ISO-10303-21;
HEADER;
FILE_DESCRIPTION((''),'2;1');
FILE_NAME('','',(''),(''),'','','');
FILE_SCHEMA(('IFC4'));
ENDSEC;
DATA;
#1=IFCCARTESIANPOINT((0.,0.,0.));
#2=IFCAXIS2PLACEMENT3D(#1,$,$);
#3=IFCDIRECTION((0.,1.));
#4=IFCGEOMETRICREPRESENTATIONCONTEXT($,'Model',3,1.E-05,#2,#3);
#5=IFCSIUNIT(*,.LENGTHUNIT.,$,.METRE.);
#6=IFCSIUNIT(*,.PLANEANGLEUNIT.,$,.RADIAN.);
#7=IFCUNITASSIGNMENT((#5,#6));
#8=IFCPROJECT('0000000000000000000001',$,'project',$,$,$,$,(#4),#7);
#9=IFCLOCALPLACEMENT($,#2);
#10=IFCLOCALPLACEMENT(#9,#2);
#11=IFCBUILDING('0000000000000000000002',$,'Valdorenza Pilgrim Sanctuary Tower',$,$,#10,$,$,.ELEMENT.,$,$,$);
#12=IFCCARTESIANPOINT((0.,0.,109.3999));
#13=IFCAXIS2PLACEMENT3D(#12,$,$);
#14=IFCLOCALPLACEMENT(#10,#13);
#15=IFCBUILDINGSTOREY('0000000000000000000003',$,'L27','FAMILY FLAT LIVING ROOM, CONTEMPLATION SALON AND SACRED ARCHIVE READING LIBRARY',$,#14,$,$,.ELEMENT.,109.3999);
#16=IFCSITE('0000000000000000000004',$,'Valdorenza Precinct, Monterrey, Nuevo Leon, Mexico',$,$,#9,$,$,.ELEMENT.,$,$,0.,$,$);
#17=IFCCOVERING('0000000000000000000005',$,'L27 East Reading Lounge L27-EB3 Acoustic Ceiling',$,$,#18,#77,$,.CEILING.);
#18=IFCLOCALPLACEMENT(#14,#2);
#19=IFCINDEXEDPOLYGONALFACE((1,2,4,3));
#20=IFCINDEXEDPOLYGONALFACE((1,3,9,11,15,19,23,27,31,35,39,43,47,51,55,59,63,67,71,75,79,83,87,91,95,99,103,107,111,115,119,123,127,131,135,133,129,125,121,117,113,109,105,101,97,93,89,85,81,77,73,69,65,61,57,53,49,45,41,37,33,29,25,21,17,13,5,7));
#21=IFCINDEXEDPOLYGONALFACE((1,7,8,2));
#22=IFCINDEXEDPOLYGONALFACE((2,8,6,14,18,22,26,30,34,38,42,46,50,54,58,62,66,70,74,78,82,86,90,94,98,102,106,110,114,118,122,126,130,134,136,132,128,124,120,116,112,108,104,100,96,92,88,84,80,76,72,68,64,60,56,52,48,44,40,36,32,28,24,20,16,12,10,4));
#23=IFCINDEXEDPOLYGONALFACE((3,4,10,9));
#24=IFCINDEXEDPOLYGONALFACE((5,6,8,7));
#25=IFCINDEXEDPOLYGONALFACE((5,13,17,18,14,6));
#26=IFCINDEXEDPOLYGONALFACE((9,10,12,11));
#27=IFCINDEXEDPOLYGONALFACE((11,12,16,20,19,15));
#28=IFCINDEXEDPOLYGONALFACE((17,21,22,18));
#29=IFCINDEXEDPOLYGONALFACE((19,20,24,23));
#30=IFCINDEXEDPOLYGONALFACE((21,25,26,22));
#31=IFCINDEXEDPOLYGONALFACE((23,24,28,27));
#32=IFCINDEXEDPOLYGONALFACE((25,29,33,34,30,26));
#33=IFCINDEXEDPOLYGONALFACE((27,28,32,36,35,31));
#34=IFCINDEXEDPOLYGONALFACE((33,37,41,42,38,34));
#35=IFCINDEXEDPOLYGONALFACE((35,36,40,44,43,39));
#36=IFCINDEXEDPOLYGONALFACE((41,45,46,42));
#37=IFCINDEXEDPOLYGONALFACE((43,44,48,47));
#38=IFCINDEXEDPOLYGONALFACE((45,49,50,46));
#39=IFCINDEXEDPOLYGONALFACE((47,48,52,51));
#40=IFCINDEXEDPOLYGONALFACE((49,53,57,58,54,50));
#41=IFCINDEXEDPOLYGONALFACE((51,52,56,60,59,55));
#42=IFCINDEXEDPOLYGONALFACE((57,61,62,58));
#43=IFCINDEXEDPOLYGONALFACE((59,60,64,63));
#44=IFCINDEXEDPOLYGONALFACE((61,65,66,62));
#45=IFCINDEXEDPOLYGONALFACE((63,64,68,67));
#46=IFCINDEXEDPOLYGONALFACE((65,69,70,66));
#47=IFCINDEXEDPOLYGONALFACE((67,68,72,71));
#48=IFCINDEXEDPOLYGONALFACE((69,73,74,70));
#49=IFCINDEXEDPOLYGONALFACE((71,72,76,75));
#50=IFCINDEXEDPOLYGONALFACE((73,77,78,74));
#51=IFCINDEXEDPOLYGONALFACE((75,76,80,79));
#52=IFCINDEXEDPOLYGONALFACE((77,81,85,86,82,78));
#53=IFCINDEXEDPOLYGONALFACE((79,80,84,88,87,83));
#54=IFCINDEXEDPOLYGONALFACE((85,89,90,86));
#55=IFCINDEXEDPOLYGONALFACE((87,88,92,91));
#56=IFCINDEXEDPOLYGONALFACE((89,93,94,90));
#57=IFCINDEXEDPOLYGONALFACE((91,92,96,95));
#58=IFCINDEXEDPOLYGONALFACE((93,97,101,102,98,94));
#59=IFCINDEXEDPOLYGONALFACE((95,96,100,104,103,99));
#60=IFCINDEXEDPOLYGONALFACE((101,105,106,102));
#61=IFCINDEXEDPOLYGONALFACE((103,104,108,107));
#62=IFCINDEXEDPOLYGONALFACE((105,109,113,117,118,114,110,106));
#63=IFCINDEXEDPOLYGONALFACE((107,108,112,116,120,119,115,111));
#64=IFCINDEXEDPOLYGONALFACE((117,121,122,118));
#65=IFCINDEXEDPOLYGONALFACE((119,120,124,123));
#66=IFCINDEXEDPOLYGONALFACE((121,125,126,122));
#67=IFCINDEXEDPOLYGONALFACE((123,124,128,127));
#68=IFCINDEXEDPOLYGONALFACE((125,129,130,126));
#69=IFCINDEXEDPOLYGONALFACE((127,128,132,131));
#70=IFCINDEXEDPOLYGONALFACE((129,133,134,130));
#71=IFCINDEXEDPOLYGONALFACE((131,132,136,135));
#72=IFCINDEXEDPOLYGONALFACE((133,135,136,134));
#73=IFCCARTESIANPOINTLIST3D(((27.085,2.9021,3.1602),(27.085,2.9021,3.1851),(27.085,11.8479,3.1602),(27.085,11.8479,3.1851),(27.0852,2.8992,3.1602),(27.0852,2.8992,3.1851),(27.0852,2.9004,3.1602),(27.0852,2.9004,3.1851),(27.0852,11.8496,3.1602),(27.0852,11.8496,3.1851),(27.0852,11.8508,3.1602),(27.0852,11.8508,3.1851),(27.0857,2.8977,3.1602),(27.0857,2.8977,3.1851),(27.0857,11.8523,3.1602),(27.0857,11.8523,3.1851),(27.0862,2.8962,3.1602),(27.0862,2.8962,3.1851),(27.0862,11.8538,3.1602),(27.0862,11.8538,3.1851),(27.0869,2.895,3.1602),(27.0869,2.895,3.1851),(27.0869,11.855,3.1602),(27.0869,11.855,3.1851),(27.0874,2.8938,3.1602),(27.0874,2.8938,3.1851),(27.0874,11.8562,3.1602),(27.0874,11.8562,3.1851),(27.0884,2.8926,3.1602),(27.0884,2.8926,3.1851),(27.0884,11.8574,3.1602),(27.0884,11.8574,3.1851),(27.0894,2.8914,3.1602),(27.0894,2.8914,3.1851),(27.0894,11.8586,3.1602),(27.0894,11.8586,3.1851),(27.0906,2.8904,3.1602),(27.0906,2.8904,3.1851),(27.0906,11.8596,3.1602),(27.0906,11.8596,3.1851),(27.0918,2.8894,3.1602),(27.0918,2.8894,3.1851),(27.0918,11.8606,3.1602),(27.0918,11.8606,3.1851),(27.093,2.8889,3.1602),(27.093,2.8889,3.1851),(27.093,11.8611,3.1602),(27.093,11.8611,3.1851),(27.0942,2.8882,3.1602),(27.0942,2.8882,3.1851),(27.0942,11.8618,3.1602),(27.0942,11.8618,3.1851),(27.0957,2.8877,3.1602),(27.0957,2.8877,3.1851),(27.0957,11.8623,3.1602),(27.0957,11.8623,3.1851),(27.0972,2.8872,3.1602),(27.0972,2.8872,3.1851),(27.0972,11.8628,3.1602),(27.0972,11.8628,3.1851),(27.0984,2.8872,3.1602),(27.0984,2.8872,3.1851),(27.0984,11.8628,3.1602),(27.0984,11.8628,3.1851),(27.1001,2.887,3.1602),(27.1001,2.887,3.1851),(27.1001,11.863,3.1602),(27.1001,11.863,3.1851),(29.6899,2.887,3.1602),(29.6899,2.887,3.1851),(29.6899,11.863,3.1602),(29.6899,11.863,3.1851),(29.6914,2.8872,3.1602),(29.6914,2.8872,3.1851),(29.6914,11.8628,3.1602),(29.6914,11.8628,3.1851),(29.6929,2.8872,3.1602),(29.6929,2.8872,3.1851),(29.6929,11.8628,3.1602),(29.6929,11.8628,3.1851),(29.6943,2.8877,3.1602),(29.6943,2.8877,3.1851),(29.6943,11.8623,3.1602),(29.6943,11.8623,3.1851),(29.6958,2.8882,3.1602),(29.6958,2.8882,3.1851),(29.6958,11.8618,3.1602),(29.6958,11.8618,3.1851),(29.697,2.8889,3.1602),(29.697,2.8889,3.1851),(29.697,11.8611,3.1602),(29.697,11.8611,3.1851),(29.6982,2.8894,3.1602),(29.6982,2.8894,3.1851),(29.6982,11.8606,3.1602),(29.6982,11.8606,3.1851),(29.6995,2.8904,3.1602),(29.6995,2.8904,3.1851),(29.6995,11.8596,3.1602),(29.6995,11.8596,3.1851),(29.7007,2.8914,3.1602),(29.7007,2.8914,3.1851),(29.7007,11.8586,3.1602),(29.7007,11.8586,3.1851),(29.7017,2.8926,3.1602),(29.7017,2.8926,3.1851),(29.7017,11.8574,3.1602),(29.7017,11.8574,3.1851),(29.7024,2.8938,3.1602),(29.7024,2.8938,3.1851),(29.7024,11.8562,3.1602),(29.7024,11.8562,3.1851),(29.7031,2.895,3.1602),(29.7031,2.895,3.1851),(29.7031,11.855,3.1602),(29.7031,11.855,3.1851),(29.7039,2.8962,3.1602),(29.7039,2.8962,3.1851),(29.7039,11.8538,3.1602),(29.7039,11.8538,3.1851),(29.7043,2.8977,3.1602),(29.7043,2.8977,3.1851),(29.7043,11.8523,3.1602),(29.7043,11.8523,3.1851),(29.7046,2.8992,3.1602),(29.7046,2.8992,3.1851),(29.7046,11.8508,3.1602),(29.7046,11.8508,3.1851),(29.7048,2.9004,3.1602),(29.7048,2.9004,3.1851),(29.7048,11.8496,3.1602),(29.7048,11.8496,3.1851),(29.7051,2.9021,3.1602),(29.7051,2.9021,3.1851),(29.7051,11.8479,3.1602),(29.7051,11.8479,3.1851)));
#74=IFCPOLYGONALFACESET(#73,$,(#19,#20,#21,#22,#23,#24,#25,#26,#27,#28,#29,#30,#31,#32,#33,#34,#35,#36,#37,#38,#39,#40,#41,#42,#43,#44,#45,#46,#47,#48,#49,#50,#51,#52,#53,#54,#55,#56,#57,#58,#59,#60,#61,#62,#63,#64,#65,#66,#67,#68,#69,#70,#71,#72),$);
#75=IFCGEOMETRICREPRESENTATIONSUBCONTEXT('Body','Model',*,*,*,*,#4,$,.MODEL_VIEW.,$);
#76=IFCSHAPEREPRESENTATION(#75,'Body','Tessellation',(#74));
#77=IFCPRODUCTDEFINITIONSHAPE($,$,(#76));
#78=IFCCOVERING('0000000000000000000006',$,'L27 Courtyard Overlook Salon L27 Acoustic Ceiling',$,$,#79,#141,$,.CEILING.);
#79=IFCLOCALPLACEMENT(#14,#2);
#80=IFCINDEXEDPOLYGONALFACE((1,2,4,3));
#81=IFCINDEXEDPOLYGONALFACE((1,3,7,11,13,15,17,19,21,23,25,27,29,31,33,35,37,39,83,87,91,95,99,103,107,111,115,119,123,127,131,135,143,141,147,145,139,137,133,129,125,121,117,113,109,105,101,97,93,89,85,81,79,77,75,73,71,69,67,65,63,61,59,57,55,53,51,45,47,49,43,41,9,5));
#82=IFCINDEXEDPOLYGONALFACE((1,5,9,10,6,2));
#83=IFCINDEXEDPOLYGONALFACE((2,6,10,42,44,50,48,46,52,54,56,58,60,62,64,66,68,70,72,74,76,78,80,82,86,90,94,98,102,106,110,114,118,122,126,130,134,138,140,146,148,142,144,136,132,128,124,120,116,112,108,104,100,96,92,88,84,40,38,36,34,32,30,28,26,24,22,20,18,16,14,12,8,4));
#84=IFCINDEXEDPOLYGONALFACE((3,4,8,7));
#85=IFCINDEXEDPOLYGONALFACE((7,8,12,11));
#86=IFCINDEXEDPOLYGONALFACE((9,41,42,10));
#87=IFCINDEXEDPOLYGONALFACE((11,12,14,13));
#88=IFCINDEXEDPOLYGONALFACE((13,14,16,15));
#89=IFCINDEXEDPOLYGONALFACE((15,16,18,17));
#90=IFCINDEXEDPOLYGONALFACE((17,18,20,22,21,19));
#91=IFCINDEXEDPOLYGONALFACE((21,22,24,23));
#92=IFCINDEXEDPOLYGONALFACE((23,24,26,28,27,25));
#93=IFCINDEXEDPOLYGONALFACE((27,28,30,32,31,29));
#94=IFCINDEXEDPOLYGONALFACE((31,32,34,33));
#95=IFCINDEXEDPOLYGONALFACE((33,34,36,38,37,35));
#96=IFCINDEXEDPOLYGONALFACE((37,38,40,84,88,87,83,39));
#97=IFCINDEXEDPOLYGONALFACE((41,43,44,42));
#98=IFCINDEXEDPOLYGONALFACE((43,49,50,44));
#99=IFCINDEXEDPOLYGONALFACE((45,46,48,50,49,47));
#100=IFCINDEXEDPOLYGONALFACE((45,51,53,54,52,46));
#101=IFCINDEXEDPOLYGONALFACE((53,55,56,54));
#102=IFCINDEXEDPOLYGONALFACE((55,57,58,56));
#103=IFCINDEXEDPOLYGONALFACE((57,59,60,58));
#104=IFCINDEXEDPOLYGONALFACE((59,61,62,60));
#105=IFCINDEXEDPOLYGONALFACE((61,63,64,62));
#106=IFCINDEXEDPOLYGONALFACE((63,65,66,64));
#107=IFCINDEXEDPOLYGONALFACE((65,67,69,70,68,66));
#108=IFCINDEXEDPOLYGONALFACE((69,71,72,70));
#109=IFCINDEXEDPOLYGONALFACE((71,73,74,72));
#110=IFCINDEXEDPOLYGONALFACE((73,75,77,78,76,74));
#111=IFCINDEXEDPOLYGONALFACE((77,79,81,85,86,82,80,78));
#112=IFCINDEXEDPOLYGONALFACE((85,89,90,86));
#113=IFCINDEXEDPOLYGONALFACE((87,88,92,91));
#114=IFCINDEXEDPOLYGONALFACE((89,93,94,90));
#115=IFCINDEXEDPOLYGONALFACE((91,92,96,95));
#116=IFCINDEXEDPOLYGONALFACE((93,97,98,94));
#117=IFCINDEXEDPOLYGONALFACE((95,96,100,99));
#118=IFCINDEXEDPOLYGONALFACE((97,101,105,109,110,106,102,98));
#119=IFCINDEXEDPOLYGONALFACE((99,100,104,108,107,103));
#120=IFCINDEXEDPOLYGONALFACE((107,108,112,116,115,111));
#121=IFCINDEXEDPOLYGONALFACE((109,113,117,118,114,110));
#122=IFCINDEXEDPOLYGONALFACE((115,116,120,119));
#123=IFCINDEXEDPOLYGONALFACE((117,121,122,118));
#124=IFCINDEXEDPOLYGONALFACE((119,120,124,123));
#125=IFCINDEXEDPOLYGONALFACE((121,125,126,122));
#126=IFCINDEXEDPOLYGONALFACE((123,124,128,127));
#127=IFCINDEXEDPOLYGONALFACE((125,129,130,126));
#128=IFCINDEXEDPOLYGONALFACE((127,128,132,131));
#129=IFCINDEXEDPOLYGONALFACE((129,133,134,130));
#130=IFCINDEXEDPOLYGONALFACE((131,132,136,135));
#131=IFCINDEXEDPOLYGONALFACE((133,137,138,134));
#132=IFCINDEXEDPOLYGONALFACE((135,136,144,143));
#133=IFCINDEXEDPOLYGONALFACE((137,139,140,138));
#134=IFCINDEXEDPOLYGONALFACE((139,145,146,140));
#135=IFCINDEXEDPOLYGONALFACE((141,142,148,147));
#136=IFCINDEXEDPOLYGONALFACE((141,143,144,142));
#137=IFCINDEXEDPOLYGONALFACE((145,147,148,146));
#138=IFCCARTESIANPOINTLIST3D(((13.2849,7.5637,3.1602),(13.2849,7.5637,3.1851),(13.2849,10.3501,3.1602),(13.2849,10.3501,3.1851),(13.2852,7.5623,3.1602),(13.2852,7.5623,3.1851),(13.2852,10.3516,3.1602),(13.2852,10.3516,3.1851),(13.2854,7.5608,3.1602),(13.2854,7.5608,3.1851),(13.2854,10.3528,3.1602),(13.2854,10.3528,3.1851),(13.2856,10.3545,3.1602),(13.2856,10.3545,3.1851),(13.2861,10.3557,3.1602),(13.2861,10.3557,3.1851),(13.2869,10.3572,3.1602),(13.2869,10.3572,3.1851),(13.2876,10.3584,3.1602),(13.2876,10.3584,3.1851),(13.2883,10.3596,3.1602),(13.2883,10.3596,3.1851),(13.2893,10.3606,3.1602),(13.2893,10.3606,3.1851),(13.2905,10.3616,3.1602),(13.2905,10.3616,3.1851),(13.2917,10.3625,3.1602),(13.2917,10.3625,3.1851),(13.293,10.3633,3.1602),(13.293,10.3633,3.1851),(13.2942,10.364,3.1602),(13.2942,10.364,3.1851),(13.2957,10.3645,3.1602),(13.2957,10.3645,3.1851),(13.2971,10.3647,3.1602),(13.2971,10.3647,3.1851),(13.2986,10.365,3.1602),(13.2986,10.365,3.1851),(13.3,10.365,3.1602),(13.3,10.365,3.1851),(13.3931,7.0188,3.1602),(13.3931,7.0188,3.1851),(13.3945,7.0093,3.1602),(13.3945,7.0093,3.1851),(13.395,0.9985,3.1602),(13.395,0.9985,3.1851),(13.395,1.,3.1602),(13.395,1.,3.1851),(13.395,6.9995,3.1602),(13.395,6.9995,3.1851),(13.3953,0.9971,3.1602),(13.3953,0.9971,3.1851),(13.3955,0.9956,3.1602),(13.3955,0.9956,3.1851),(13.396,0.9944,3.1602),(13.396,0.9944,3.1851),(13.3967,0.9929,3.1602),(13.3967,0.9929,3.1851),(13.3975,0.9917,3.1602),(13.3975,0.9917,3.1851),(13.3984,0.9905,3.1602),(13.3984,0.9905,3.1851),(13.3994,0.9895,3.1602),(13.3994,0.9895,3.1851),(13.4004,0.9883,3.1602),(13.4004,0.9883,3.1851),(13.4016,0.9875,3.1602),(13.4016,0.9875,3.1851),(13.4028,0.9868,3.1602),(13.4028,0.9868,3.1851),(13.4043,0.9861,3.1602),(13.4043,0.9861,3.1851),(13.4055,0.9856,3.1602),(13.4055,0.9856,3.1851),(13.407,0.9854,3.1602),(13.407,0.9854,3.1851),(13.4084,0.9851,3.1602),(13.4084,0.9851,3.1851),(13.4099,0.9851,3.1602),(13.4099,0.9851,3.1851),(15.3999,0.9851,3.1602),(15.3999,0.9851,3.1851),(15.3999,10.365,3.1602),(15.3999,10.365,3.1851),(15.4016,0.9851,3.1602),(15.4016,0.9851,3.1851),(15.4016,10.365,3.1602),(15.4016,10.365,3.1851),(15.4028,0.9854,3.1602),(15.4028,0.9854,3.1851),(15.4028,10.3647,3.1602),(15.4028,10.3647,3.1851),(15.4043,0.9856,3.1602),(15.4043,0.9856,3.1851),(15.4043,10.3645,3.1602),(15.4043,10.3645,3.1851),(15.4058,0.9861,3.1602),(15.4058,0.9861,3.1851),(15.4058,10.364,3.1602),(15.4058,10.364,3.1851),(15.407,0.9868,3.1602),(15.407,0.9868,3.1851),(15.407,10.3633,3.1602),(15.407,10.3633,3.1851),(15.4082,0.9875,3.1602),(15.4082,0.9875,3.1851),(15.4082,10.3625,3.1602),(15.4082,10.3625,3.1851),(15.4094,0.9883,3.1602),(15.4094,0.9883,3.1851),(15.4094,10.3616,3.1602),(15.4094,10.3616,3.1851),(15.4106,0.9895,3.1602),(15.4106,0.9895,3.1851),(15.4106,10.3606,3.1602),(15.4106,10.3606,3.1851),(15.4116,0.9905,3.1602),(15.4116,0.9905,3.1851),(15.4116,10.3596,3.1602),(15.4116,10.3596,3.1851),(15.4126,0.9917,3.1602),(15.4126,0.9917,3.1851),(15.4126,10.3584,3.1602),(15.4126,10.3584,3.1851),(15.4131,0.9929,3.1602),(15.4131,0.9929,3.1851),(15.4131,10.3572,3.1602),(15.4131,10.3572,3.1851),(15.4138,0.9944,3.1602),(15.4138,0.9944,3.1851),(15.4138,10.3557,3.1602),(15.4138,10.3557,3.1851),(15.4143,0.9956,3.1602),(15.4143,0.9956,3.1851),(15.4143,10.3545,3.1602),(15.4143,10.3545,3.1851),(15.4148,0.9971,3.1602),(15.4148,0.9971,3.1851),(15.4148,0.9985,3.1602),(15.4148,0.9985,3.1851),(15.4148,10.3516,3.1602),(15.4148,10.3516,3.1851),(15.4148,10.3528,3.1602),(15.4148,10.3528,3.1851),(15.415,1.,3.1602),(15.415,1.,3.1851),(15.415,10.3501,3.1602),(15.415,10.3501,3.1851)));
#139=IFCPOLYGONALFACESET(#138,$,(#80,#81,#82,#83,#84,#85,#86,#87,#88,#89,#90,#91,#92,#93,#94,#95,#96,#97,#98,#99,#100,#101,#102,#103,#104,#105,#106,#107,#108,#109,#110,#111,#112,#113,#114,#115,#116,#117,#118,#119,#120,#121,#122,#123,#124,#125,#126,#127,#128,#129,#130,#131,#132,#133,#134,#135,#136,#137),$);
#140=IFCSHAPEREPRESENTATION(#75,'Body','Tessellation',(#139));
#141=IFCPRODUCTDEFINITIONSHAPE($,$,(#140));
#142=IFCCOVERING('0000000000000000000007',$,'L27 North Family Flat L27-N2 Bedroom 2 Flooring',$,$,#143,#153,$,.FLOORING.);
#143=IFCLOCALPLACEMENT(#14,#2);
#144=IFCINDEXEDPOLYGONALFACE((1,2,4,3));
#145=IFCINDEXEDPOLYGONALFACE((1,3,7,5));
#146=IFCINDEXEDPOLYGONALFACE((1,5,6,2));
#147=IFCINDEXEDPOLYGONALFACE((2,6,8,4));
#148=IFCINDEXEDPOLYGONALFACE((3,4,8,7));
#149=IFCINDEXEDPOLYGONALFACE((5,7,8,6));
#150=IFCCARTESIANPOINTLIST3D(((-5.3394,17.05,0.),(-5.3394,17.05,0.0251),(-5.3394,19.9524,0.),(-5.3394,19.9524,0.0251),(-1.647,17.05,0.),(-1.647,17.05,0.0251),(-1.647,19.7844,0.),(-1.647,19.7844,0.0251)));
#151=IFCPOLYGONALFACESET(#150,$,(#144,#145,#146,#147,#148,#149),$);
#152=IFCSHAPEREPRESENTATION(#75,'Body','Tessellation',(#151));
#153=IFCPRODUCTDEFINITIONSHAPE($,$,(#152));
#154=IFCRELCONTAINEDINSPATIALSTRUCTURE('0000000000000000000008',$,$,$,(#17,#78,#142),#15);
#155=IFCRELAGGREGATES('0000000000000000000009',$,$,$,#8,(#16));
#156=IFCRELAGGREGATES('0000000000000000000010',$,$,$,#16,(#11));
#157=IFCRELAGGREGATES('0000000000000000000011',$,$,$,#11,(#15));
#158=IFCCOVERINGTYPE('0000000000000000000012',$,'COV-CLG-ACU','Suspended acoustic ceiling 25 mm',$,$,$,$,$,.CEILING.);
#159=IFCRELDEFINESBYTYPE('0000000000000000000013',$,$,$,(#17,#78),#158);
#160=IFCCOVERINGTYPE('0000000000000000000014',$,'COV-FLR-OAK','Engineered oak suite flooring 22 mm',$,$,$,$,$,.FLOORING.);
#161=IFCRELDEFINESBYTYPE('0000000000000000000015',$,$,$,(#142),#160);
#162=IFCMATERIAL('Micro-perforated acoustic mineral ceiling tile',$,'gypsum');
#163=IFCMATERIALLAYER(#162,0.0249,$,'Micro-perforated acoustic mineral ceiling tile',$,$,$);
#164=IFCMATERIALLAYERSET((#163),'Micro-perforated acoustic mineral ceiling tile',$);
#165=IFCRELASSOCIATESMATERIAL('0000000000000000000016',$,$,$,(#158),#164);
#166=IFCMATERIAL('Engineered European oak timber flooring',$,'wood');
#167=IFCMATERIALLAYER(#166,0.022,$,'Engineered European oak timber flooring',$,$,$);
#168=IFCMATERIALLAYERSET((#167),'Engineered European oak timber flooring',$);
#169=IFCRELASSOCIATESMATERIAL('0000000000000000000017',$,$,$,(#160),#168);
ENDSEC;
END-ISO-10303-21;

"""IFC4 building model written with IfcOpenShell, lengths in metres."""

from ifc_helpers import new_model, si_unit, direction, frame, origin, place, context, subcontext, project, spatial, polyline, outline, extrude, material, layer, layer_set, type_object, element, save


model = new_model("IFC4")

# Units and contexts
model_context = context("Model", 3, precision=1e-05, world=origin(), true_north=direction((0.0, 1.0)))
body_context = subcontext(model_context, "Body", "Model", "MODEL_VIEW")
ifc_project = project(units=[si_unit("LENGTHUNIT", "METRE"), si_unit("PLANEANGLEUNIT", "RADIAN")], contexts=[model_context])

# Site, building, storey
site_placement = place(None, origin())
site = spatial("IfcSite", under=ifc_project, at=site_placement, Name="Valdorenza Precinct, Monterrey, Nuevo Leon, Mexico", CompositionType="ELEMENT", RefElevation=0.0)
building_placement = place(site_placement, origin())
building = spatial("IfcBuilding", under=site, at=building_placement, Name="Valdorenza Pilgrim Sanctuary Tower", CompositionType="ELEMENT")
storey_placement = place(building_placement, frame((0.0, 0.0, 109.3999)))
storey = spatial("IfcBuildingStorey", under=building, at=storey_placement, Name="L27", Description="FAMILY FLAT LIVING ROOM, CONTEMPLATION SALON AND SACRED ARCHIVE READING LIBRARY", CompositionType="ELEMENT", Elevation=109.3999)

# Coverings
ifc_material_1 = material(Name="Micro-perforated acoustic mineral ceiling tile", Category="gypsum")
ifc_layer_1 = layer(ifc_material_1, 0.0249, Name="Micro-perforated acoustic mineral ceiling tile")
ifc_layer_set_1 = layer_set([ifc_layer_1], Name="Micro-perforated acoustic mineral ceiling tile")
covering_type_1 = type_object("IfcCoveringType", Name="COV-CLG-ACU", Description="Suspended acoustic ceiling 25 mm", PredefinedType="CEILING", material=ifc_layer_set_1)
covering_1_placement = place(storey_placement, frame((0.0, 0.0, 3.1602)))
element("IfcCovering", 1, at=covering_1_placement, inside=storey, type_object=covering_type_1, Name="L27 East Reading Lounge L27-EB3 Acoustic Ceiling", PredefinedType="CEILING", context=body_context, shape_type="SweptSolid", body=[
    extrude(outline(polyline([(27.085, 11.8479), (27.0852, 11.8496), (27.0852, 11.8508), (27.0857, 11.8523), (27.0862, 11.8538), (27.0869, 11.855), (27.0874, 11.8562), (27.0884, 11.8574), (27.0894, 11.8586), (27.0906, 11.8596), (27.0918, 11.8606), (27.093, 11.8611), (27.0942, 11.8618), (27.0957, 11.8623), (27.0972, 11.8628), (27.0984, 11.8628), (27.1001, 11.863), (29.6899, 11.863), (29.6914, 11.8628), (29.6929, 11.8628), (29.6943, 11.8623), (29.6958, 11.8618), (29.697, 11.8611), (29.6982, 11.8606), (29.6995, 11.8596), (29.7007, 11.8586), (29.7017, 11.8574), (29.7024, 11.8562), (29.7031, 11.855), (29.7039, 11.8538), (29.7043, 11.8523), (29.7046, 11.8508), (29.7048, 11.8496), (29.7051, 11.8479), (29.7051, 2.9021), (29.7048, 2.9004), (29.7046, 2.8992), (29.7043, 2.8977), (29.7039, 2.8962), (29.7031, 2.895), (29.7024, 2.8938), (29.7017, 2.8926), (29.7007, 2.8914), (29.6995, 2.8904), (29.6982, 2.8894), (29.697, 2.8889), (29.6958, 2.8882), (29.6943, 2.8877), (29.6929, 2.8872), (29.6914, 2.8872), (29.6899, 2.887), (27.1001, 2.887), (27.0984, 2.8872), (27.0972, 2.8872), (27.0957, 2.8877), (27.0942, 2.8882), (27.093, 2.8889), (27.0918, 2.8894), (27.0906, 2.8904), (27.0894, 2.8914), (27.0884, 2.8926), (27.0874, 2.8938), (27.0869, 2.895), (27.0862, 2.8962), (27.0857, 2.8977), (27.0852, 2.8992), (27.0852, 2.9004), (27.085, 2.9021), (27.085, 11.8479)])), origin(), (0.0, 0.0, 1.0), 0.0249),
])
covering_2_placement = place(storey_placement, frame((0.0, 0.0, 3.1602)))
element("IfcCovering", 2, at=covering_2_placement, inside=storey, type_object=covering_type_1, Name="L27 Courtyard Overlook Salon L27 Acoustic Ceiling", PredefinedType="CEILING", context=body_context, shape_type="SweptSolid", body=[
    extrude(outline(polyline([(15.3999, 10.365), (15.4016, 10.365), (15.4028, 10.3647), (15.4043, 10.3645), (15.4058, 10.364), (15.407, 10.3633), (15.4082, 10.3625), (15.4094, 10.3616), (15.4106, 10.3606), (15.4116, 10.3596), (15.4126, 10.3584), (15.4131, 10.3572), (15.4138, 10.3557), (15.4143, 10.3545), (15.4148, 10.3528), (15.4148, 10.3516), (15.415, 10.3501), (15.415, 1.0), (15.4148, 0.9985), (15.4148, 0.9971), (15.4143, 0.9956), (15.4138, 0.9944), (15.4131, 0.9929), (15.4126, 0.9917), (15.4116, 0.9905), (15.4106, 0.9895), (15.4094, 0.9883), (15.4082, 0.9875), (15.407, 0.9868), (15.4058, 0.9861), (15.4043, 0.9856), (15.4028, 0.9854), (15.4016, 0.9851), (15.3999, 0.9851), (13.4099, 0.9851), (13.4084, 0.9851), (13.407, 0.9854), (13.4055, 0.9856), (13.4043, 0.9861), (13.4028, 0.9868), (13.4016, 0.9875), (13.4004, 0.9883), (13.3994, 0.9895), (13.3984, 0.9905), (13.3975, 0.9917), (13.3967, 0.9929), (13.396, 0.9944), (13.3955, 0.9956), (13.3953, 0.9971), (13.395, 0.9985), (13.395, 1.0), (13.395, 6.9995), (13.3945, 7.0093), (13.3931, 7.0188), (13.2854, 7.5608), (13.2852, 7.5623), (13.2849, 7.5637), (13.2849, 10.3501), (13.2852, 10.3516), (13.2854, 10.3528), (13.2856, 10.3545), (13.2861, 10.3557), (13.2869, 10.3572), (13.2876, 10.3584), (13.2883, 10.3596), (13.2893, 10.3606), (13.2905, 10.3616), (13.2917, 10.3625), (13.293, 10.3633), (13.2942, 10.364), (13.2957, 10.3645), (13.2971, 10.3647), (13.2986, 10.365), (13.3, 10.365), (15.3999, 10.365)])), origin(), (0.0, 0.0, 1.0), 0.0249),
])
ifc_material_2 = material(Name="Engineered European oak timber flooring", Category="wood")
ifc_layer_2 = layer(ifc_material_2, 0.022, Name="Engineered European oak timber flooring")
ifc_layer_set_2 = layer_set([ifc_layer_2], Name="Engineered European oak timber flooring")
covering_type_2 = type_object("IfcCoveringType", Name="COV-FLR-OAK", Description="Engineered oak suite flooring 22 mm", PredefinedType="FLOORING", material=ifc_layer_set_2)
covering_3_placement = place(storey_placement, origin())
element("IfcCovering", 3, at=covering_3_placement, inside=storey, type_object=covering_type_2, Name="L27 North Family Flat L27-N2 Bedroom 2 Flooring", PredefinedType="FLOORING", context=body_context, shape_type="SweptSolid", body=[
    extrude(outline(polyline([(-5.3394, 17.05), (-5.3394, 19.9524), (-1.647, 19.7844), (-1.647, 17.05), (-5.3394, 17.05)])), origin(), (0.0, 0.0, 1.0), 0.0251),
])

save(model, "model.ifc")
